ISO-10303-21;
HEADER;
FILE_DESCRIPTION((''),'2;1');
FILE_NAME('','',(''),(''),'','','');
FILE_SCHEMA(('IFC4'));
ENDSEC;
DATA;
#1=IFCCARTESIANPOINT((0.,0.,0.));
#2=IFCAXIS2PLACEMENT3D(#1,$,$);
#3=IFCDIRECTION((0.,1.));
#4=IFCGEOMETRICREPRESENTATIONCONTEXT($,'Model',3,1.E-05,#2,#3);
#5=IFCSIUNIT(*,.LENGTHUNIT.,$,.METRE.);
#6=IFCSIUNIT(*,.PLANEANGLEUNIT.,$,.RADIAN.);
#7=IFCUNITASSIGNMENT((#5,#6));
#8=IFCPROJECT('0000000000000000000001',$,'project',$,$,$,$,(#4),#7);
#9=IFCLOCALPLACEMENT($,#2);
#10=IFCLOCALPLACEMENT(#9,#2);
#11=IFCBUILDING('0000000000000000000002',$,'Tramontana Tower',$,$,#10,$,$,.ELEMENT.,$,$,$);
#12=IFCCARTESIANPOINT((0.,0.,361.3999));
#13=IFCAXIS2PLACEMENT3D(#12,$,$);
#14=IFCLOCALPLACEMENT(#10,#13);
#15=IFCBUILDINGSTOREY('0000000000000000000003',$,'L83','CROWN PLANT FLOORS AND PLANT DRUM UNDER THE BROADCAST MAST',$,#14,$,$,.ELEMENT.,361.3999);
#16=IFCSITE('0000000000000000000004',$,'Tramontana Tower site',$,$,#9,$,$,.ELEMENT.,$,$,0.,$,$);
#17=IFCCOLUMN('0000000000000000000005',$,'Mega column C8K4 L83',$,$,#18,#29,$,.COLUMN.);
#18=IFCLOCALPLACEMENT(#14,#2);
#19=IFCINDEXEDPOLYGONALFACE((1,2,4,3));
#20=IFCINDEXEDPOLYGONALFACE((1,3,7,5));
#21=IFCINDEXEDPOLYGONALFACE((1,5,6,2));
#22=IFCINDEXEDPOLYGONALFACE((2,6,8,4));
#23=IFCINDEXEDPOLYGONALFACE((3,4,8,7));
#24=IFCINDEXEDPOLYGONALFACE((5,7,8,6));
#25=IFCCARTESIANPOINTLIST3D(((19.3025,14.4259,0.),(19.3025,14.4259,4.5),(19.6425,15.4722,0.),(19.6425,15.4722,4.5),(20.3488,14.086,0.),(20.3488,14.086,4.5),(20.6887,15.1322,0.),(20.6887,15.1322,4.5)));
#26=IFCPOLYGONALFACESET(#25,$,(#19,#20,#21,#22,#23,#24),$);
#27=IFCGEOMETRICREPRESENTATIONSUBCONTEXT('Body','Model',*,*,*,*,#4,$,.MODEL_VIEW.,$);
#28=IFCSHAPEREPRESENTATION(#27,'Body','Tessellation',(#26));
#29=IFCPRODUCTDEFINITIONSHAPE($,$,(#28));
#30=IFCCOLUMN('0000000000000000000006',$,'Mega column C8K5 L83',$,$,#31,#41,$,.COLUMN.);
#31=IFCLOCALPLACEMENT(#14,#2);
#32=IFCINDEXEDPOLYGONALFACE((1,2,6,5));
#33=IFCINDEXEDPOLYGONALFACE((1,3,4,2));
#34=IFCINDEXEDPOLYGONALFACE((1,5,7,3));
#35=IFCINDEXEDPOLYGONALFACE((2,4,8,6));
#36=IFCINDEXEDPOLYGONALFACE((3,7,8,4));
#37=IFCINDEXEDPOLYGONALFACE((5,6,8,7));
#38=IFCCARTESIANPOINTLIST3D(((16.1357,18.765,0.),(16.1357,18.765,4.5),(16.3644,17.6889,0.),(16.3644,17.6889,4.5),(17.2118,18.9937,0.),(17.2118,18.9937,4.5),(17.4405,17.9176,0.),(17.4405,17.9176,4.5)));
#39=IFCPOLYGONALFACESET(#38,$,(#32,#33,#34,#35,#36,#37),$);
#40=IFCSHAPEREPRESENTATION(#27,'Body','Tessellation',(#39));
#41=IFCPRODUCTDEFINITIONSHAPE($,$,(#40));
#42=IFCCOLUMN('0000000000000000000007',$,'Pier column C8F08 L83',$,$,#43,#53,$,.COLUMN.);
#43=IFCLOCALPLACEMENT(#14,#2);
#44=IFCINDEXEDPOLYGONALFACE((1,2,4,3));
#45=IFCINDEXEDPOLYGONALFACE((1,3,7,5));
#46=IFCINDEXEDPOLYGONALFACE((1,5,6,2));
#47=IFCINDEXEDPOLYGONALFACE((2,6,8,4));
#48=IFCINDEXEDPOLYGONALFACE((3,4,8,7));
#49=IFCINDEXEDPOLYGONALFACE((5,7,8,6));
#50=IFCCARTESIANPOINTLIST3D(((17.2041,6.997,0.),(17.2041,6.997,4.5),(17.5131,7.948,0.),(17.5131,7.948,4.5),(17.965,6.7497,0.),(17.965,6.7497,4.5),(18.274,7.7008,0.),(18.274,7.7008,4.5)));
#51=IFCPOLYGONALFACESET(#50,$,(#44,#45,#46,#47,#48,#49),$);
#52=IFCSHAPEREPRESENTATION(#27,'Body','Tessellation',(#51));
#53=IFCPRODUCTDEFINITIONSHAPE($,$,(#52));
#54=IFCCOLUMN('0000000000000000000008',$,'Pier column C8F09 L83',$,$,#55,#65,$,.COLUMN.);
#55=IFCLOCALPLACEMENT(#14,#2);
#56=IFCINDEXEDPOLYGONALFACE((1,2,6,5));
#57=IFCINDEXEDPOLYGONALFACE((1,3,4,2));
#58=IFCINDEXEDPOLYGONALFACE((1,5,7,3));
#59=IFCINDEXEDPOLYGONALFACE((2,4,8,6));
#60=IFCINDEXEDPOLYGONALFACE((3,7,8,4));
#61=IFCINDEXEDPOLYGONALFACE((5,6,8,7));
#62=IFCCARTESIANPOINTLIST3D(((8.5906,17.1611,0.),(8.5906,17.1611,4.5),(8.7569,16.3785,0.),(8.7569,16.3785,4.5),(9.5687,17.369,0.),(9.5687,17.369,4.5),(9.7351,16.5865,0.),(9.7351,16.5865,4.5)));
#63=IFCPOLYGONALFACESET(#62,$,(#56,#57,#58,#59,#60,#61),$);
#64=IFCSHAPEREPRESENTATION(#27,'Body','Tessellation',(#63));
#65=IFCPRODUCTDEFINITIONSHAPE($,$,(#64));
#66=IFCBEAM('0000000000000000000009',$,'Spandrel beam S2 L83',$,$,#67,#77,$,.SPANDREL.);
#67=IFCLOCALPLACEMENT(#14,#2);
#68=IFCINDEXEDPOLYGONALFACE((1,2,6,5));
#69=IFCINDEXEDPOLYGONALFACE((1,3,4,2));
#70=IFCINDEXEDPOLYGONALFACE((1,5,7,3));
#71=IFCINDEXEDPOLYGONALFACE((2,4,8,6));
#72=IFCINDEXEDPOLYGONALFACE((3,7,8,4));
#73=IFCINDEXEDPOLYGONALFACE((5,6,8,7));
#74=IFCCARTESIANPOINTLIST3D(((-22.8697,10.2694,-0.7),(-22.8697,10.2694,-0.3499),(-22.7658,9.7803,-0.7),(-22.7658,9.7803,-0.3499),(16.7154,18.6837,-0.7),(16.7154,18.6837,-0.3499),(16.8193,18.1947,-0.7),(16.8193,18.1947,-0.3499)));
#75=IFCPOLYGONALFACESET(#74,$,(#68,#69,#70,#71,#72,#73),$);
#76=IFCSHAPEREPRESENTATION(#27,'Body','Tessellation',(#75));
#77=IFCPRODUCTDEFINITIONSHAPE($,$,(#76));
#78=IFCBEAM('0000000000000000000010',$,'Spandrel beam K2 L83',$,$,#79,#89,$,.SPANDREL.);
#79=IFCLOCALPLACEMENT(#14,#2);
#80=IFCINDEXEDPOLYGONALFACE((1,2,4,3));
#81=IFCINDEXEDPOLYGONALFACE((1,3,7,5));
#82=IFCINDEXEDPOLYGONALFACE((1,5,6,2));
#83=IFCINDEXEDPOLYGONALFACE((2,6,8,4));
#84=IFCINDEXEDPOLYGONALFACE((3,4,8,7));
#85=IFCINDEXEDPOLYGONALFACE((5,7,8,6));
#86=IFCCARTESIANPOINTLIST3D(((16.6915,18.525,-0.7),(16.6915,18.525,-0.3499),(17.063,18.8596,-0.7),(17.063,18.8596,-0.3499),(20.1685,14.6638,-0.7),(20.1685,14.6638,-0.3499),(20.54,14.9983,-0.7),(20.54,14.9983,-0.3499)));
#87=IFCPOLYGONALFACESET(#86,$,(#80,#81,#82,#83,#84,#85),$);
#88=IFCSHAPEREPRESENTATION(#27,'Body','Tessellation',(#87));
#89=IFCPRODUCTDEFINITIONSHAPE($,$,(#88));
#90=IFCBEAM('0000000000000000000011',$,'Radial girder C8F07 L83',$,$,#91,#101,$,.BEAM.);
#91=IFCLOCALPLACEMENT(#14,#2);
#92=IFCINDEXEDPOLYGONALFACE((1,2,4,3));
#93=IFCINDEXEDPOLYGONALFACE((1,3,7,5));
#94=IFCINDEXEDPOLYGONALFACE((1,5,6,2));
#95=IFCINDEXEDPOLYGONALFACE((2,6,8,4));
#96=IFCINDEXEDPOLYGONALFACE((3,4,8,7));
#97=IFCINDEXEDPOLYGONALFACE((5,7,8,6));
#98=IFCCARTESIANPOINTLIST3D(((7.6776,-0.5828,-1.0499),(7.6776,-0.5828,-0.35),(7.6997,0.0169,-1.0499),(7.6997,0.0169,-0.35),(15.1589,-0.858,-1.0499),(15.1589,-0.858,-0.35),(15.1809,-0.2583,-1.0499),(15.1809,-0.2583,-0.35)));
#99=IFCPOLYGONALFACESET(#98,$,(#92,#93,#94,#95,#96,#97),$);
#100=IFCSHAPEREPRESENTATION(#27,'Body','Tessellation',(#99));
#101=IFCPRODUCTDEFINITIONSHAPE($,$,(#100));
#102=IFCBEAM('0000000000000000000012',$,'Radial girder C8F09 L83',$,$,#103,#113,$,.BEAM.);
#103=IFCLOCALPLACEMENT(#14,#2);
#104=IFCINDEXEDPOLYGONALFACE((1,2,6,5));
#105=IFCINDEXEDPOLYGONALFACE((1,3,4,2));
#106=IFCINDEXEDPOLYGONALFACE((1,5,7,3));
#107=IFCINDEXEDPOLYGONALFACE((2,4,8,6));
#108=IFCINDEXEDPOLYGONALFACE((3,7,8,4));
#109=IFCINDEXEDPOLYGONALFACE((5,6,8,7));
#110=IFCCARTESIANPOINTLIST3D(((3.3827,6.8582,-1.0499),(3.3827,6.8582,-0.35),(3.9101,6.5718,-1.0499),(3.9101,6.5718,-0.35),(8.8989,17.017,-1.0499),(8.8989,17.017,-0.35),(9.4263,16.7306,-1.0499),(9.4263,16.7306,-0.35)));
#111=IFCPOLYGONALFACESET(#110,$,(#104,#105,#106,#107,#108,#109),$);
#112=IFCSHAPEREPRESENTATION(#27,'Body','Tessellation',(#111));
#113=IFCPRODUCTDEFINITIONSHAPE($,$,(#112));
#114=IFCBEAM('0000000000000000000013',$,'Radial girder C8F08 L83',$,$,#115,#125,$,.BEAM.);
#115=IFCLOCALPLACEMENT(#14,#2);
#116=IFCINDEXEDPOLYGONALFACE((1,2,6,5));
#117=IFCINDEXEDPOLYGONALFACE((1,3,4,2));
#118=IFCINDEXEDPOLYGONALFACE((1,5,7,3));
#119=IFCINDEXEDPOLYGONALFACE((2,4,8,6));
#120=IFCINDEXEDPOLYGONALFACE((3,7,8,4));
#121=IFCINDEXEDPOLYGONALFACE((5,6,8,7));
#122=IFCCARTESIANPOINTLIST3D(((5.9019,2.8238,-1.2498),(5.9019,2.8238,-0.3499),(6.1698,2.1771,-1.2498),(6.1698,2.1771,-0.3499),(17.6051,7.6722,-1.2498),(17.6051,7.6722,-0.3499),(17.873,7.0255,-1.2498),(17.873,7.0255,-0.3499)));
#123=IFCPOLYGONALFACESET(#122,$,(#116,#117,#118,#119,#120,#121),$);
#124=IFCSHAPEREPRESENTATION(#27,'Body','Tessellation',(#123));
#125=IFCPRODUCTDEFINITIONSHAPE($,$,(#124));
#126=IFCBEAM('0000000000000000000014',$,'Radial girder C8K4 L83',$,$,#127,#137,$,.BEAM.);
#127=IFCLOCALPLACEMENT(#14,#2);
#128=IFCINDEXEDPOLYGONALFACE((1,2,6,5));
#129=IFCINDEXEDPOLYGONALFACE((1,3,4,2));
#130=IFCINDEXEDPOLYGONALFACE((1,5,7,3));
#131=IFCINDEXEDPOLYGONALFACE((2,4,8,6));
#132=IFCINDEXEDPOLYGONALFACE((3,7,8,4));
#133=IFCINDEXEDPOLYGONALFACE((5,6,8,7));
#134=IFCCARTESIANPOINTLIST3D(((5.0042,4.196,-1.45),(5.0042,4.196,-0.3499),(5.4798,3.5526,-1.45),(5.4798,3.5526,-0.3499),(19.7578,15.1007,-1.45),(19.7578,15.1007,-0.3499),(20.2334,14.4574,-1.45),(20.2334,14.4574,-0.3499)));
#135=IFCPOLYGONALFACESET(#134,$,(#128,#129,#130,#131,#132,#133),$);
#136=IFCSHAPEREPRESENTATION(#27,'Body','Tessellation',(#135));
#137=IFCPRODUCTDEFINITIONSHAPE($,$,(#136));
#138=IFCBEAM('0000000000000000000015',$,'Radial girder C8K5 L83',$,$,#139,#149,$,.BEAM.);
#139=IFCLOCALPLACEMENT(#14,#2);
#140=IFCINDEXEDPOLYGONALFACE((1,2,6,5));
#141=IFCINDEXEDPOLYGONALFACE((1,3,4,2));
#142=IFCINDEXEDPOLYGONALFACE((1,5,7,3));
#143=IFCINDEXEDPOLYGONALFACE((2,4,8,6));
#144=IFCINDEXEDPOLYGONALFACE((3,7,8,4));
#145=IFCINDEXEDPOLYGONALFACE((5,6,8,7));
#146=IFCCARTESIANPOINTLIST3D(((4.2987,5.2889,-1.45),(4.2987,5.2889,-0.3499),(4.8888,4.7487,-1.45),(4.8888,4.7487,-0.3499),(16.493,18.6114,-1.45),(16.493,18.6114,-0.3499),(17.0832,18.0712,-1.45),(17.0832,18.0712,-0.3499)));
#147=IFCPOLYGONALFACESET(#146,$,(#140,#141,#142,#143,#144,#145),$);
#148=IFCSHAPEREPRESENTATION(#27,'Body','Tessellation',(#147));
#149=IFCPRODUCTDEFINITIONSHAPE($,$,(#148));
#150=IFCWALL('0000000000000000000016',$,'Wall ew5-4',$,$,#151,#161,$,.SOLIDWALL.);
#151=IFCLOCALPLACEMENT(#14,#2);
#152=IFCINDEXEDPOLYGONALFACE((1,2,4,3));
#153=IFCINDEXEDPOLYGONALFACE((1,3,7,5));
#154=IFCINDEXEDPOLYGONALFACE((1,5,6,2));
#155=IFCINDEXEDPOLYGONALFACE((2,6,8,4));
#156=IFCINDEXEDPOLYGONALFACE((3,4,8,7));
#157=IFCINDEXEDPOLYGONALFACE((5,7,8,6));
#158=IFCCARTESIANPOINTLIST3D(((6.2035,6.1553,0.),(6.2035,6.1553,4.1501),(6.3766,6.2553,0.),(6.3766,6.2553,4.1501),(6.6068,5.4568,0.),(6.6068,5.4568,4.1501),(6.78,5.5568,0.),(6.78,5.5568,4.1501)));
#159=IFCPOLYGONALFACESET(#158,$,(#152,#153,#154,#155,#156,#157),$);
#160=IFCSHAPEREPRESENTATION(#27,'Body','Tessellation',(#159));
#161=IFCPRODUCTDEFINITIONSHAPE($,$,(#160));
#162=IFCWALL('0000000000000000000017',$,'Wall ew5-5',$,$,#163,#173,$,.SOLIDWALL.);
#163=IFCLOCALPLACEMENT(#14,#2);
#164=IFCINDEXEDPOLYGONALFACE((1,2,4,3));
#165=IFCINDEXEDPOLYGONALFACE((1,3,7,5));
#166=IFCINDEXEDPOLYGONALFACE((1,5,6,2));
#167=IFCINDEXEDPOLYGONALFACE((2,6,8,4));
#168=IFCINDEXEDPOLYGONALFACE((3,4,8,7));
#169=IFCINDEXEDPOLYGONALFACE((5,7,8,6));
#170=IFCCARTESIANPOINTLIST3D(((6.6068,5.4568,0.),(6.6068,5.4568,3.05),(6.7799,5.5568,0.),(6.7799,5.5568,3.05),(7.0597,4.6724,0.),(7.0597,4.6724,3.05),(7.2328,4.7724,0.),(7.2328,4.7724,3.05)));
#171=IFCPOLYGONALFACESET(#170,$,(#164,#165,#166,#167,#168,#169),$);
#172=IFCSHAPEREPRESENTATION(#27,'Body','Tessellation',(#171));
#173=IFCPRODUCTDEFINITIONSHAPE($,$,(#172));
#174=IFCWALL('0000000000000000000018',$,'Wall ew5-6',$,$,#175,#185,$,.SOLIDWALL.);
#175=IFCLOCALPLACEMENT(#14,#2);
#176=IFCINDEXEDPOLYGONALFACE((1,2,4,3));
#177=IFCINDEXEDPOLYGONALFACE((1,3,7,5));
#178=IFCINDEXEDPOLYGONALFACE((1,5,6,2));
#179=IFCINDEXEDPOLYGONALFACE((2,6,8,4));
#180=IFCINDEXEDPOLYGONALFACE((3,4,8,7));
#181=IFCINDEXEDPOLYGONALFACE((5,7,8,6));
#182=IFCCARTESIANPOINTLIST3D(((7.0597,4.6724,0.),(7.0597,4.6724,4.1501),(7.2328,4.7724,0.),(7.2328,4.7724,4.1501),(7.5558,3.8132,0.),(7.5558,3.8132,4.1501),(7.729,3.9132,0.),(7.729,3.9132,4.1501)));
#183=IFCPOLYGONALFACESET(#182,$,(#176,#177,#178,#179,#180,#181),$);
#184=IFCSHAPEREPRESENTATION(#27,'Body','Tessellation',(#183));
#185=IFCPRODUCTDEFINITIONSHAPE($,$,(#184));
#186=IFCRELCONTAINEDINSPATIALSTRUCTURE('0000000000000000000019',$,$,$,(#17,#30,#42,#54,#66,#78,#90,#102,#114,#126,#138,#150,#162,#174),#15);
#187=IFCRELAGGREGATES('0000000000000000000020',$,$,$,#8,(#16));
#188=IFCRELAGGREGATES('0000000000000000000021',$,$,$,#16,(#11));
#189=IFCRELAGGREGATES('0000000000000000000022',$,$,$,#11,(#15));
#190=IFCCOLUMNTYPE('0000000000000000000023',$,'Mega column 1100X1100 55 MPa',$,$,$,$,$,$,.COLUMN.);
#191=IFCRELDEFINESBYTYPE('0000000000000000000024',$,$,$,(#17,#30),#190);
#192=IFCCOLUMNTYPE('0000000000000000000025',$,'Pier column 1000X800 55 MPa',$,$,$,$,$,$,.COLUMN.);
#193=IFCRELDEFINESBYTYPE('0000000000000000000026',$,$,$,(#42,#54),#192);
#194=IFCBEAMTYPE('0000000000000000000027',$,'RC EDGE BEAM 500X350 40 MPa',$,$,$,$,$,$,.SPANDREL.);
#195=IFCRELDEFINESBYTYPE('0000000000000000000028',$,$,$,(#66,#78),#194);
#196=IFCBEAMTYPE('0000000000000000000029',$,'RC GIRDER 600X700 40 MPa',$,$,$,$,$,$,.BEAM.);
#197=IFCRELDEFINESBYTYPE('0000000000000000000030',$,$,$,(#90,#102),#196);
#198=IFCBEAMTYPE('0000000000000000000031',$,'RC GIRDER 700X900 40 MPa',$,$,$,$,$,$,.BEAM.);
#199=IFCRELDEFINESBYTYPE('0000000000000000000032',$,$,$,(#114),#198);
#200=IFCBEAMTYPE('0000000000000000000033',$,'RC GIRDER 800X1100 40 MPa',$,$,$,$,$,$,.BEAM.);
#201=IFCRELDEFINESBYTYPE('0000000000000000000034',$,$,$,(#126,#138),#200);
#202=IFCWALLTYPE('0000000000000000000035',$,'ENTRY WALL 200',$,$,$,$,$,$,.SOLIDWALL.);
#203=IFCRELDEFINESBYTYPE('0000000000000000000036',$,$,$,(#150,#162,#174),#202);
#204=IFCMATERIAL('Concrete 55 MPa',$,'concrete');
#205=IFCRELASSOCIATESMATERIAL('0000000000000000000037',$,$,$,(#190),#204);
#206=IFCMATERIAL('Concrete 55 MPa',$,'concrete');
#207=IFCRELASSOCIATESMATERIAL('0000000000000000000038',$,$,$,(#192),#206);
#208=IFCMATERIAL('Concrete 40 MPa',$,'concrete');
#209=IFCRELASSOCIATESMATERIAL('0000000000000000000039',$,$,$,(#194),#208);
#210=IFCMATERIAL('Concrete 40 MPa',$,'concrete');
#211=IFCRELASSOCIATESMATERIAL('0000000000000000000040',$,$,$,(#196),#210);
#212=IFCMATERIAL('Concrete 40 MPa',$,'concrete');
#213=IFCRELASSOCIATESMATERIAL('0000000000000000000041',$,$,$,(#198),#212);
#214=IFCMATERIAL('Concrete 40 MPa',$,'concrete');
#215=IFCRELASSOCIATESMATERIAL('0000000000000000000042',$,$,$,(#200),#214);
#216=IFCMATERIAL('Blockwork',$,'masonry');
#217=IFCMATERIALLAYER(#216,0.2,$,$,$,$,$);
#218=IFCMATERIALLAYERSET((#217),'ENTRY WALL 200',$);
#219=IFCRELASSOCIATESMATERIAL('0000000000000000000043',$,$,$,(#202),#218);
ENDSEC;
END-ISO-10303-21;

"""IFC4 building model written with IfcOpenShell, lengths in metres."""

from ifc_helpers import new_model, si_unit, direction, frame, frame_2d, origin, origin_2d, place, context, subcontext, project, spatial, rectangle, extrude, material, layer, layer_set, material_profile, profile_set, type_object, element, save


model = new_model("IFC4")

# Units and contexts
model_context = context("Model", 3, precision=1e-05, world=origin(), true_north=direction((0.0, 1.0)))
body_context = subcontext(model_context, "Body", "Model", "MODEL_VIEW")
ifc_project = project(units=[si_unit("LENGTHUNIT", "METRE"), si_unit("PLANEANGLEUNIT", "RADIAN")], contexts=[model_context])

# Site, building, storey
site_placement = place(None, origin())
site = spatial("IfcSite", under=ifc_project, at=site_placement, Name="Tramontana Tower site", CompositionType="ELEMENT", RefElevation=0.0)
building_placement = place(site_placement, origin())
building = spatial("IfcBuilding", under=site, at=building_placement, Name="Tramontana Tower", CompositionType="ELEMENT")
storey_placement = place(building_placement, frame((0.0, 0.0, 361.3999)))
storey = spatial("IfcBuildingStorey", under=building, at=storey_placement, Name="L83", Description="CROWN PLANT FLOORS AND PLANT DRUM UNDER THE BROADCAST MAST", CompositionType="ELEMENT", Elevation=361.3999)

# Columns
ifc_material_1 = material(Name="Concrete 55 MPa", Category="concrete")
ifc_material_profile_1 = material_profile(ifc_material_1, rectangle(XDim=1.1001, YDim=1.1001, at=origin_2d()), Name="Mega column 1100X1100 55 MPa")
ifc_profile_set_1 = profile_set([ifc_material_profile_1], Name="Concrete 55 MPa")
column_type_1 = type_object("IfcColumnType", Name="Mega column 1100X1100 55 MPa", PredefinedType="COLUMN", material=ifc_profile_set_1)
for number, where, z_axis, x_axis, name in (
    (1, (19.9956, 14.7791, 0.0), (0.0, 0.0, 1.0), (0.309017, 0.951057, 0.0), "Mega column C8K4 L83"),
    (2, (16.7881, 18.3413, 0.0), (0.0, 0.0, 1.0), (-0.978148, -0.207912, 0.0), "Mega column C8K5 L83"),
):
    element("IfcColumn", number, at=place(storey_placement, frame(where, z_axis=z_axis, x_axis=x_axis)), inside=storey, type_object=column_type_1, Name=name, PredefinedType="COLUMN", context=body_context, shape_type="SweptSolid", body=[
        extrude(rectangle(XDim=1.1001, YDim=1.1001, at=origin_2d()), origin(), (0.0, 0.0, 1.0), 4.5),
    ])
ifc_material_2 = material(Name="Concrete 55 MPa", Category="concrete")
ifc_material_profile_2 = material_profile(ifc_material_2, rectangle(XDim=1.0, YDim=0.8, at=origin_2d()), Name="Pier column 1000X800 55 MPa")
ifc_profile_set_2 = profile_set([ifc_material_profile_2], Name="Concrete 55 MPa")
column_type_2 = type_object("IfcColumnType", Name="Pier column 1000X800 55 MPa", PredefinedType="COLUMN", material=ifc_profile_set_2)
for number, where, z_axis, x_axis, name in (
    (3, (17.739, 7.3489, 0.0), (0.0, 0.0, 1.0), (0.309017, 0.951057, 0.0), "Pier column C8F08 L83"),
    (4, (9.1628, 16.8738, 0.0), (0.0, 0.0, 1.0), (-0.978148, -0.207912, 0.0), "Pier column C8F09 L83"),
):
    element("IfcColumn", number, at=place(storey_placement, frame(where, z_axis=z_axis, x_axis=x_axis)), inside=storey, type_object=column_type_2, Name=name, PredefinedType="COLUMN", context=body_context, shape_type="SweptSolid", body=[
        extrude(rectangle(XDim=1.0, YDim=0.8, at=origin_2d()), origin(), (0.0, 0.0, 1.0), 4.5),
    ])

# Beams
ifc_material_3 = material(Name="Concrete 40 MPa", Category="concrete")
ifc_material_profile_3 = material_profile(ifc_material_3, rectangle(XDim=0.5, YDim=0.3501, at=origin_2d()), Name="RC EDGE BEAM 500X350 40 MPa")
ifc_profile_set_3 = profile_set([ifc_material_profile_3], Name="Concrete 40 MPa")
beam_type_1 = type_object("IfcBeamType", Name="RC EDGE BEAM 500X350 40 MPa", PredefinedType="SPANDREL", material=ifc_profile_set_3)
beam_1_placement = place(storey_placement, frame((16.7673, 18.4392, -0.5249), z_axis=(-0.978146, -0.207918, 0.0), x_axis=(0.207918, -0.978146, 0.0)))
element("IfcBeam", 5, at=beam_1_placement, inside=storey, type_object=beam_type_1, Name="Spandrel beam S2 L83", PredefinedType="SPANDREL", context=body_context, shape_type="SweptSolid", body=[
    extrude(rectangle(XDim=0.5, YDim=0.3501, at=origin_2d()), origin(), (0.0, 0.0, 1.0), 40.4695),
])
beam_2_placement = place(storey_placement, frame((20.3542, 14.8311, -0.5249), z_axis=(-0.669162, 0.743117, 0.0), x_axis=(-0.743117, -0.669162, 0.0)))
element("IfcBeam", 6, at=beam_2_placement, inside=storey, type_object=beam_type_1, Name="Spandrel beam K2 L83", PredefinedType="SPANDREL", context=body_context, shape_type="SweptSolid", body=[
    extrude(rectangle(XDim=0.5, YDim=0.3501, at=origin_2d()), origin(), (0.0, 0.0, 1.0), 5.196),
])
ifc_material_4 = material(Name="Concrete 40 MPa", Category="concrete")
ifc_material_profile_4 = material_profile(ifc_material_4, rectangle(XDim=0.6001, YDim=0.7, at=origin_2d()), Name="RC GIRDER 600X700 40 MPa")
ifc_profile_set_4 = profile_set([ifc_material_profile_4], Name="Concrete 40 MPa")
beam_type_2 = type_object("IfcBeamType", Name="RC GIRDER 600X700 40 MPa", PredefinedType="BEAM", material=ifc_profile_set_4)
beam_3_placement = place(storey_placement, frame((15.1699, -0.5581, -0.7), z_axis=(-0.999324, 0.036754, 0.0), x_axis=(-0.036754, -0.999324, 0.0)))
element("IfcBeam", 7, at=beam_3_placement, inside=storey, type_object=beam_type_2, Name="Radial girder C8F07 L83", PredefinedType="BEAM", context=body_context, shape_type="SweptSolid", body=[
    extrude(rectangle(XDim=0.6001, YDim=0.7, at=origin_2d()), origin(), (0.0, 0.0, 1.0), 7.4863),
])
beam_4_placement = place(storey_placement, frame((9.1626, 16.8738, -0.7), z_axis=(-0.477185, -0.878803, 0.0), x_axis=(0.878803, -0.477185, 0.0)))
element("IfcBeam", 8, at=beam_4_placement, inside=storey, type_object=beam_type_2, Name="Radial girder C8F09 L83", PredefinedType="BEAM", context=body_context, shape_type="SweptSolid", body=[
    extrude(rectangle(XDim=0.6001, YDim=0.7, at=origin_2d()), origin(), (0.0, 0.0, 1.0), 11.5598),
])
ifc_material_5 = material(Name="Concrete 40 MPa", Category="concrete")
ifc_material_profile_5 = material_profile(ifc_material_5, rectangle(XDim=0.7, YDim=0.8999, at=origin_2d()), Name="RC GIRDER 700X900 40 MPa")
ifc_profile_set_5 = profile_set([ifc_material_profile_5], Name="Concrete 40 MPa")
beam_type_3 = type_object("IfcBeamType", Name="RC GIRDER 700X900 40 MPa", PredefinedType="BEAM", material=ifc_profile_set_5)
beam_5_placement = place(storey_placement, frame((17.739, 7.3489, -0.7998), z_axis=(-0.923857, -0.382737, 0.0), x_axis=(0.382737, -0.923857, 0.0)))
element("IfcBeam", 9, at=beam_5_placement, inside=storey, type_object=beam_type_3, Name="Radial girder C8F08 L83", PredefinedType="BEAM", context=body_context, shape_type="SweptSolid", body=[
    extrude(rectangle(XDim=0.7, YDim=0.8999, at=origin_2d()), origin(), (0.0, 0.0, 1.0), 12.6677),
])
ifc_material_6 = material(Name="Concrete 40 MPa", Category="concrete")
ifc_material_profile_6 = material_profile(ifc_material_6, rectangle(XDim=0.8, YDim=1.1001, at=origin_2d()), Name="RC GIRDER 800X1100 40 MPa")
ifc_profile_set_6 = profile_set([ifc_material_profile_6], Name="Concrete 40 MPa")
beam_type_4 = type_object("IfcBeamType", Name="RC GIRDER 800X1100 40 MPa", PredefinedType="BEAM", material=ifc_profile_set_6)
beam_6_placement = place(storey_placement, frame((19.9956, 14.7791, -0.8999), z_axis=(-0.804179, -0.594388, 0.0), x_axis=(0.594388, -0.804179, 0.0)))
element("IfcBeam", 10, at=beam_6_placement, inside=storey, type_object=beam_type_4, Name="Radial girder C8K4 L83", PredefinedType="BEAM", context=body_context, shape_type="SweptSolid", body=[
    extrude(rectangle(XDim=0.8, YDim=1.1001, at=origin_2d()), origin(), (0.0, 0.0, 1.0), 18.3462),
])
beam_7_placement = place(storey_placement, frame((16.7881, 18.3413, -0.8999), z_axis=(-0.675184, -0.737649, 0.0), x_axis=(0.737649, -0.675184, 0.0)))
element("IfcBeam", 11, at=beam_7_placement, inside=storey, type_object=beam_type_4, Name="Radial girder C8K5 L83", PredefinedType="BEAM", context=body_context, shape_type="SweptSolid", body=[
    extrude(rectangle(XDim=0.8, YDim=1.1001, at=origin_2d()), origin(), (0.0, 0.0, 1.0), 18.0608),
])

# Walls
ifc_material_7 = material(Name="Blockwork", Category="masonry")
ifc_layer_1 = layer(ifc_material_7, 0.2)
ifc_layer_set_1 = layer_set([ifc_layer_1], Name="ENTRY WALL 200")
wall_type_1 = type_object("IfcWallType", Name="ENTRY WALL 200", PredefinedType="SOLIDWALL", material=ifc_layer_set_1)
wall_1_placement = place(storey_placement, frame((6.29, 6.2053, 0.0), z_axis=(0.0, 0.0, 1.0), x_axis=(0.500046, -0.865999, 0.0)))
element("IfcWall", 12, at=wall_1_placement, inside=storey, type_object=wall_type_1, Name="Wall ew5-4", PredefinedType="SOLIDWALL", context=body_context, shape_type="SweptSolid", body=[
    extrude(rectangle(XDim=0.8066, YDim=0.2, at=frame_2d((0.4033, 0.0))), origin(), (0.0, 0.0, 1.0), 4.1501),
])
wall_2_placement = place(storey_placement, frame((6.6934, 5.5068, 0.0), z_axis=(0.0, 0.0, 1.0), x_axis=(0.499995, -0.866028, 0.0)))
element("IfcWall", 13, at=wall_2_placement, inside=storey, type_object=wall_type_1, Name="Wall ew5-5", PredefinedType="SOLIDWALL", context=body_context, shape_type="SweptSolid", body=[
    extrude(rectangle(XDim=0.9058, YDim=0.2, at=frame_2d((0.4529, 0.0))), origin(), (0.0, 0.0, 1.0), 3.05),
])
wall_3_placement = place(storey_placement, frame((7.1462, 4.7224, 0.0), z_axis=(0.0, 0.0, 1.0), x_axis=(0.500056, -0.865993, 0.0)))
element("IfcWall", 14, at=wall_3_placement, inside=storey, type_object=wall_type_1, Name="Wall ew5-6", PredefinedType="SOLIDWALL", context=body_context, shape_type="SweptSolid", body=[
    extrude(rectangle(XDim=0.9922, YDim=0.2, at=frame_2d((0.4961, 0.0))), origin(), (0.0, 0.0, 1.0), 4.1501),
])

save(model, "model.ifc")
